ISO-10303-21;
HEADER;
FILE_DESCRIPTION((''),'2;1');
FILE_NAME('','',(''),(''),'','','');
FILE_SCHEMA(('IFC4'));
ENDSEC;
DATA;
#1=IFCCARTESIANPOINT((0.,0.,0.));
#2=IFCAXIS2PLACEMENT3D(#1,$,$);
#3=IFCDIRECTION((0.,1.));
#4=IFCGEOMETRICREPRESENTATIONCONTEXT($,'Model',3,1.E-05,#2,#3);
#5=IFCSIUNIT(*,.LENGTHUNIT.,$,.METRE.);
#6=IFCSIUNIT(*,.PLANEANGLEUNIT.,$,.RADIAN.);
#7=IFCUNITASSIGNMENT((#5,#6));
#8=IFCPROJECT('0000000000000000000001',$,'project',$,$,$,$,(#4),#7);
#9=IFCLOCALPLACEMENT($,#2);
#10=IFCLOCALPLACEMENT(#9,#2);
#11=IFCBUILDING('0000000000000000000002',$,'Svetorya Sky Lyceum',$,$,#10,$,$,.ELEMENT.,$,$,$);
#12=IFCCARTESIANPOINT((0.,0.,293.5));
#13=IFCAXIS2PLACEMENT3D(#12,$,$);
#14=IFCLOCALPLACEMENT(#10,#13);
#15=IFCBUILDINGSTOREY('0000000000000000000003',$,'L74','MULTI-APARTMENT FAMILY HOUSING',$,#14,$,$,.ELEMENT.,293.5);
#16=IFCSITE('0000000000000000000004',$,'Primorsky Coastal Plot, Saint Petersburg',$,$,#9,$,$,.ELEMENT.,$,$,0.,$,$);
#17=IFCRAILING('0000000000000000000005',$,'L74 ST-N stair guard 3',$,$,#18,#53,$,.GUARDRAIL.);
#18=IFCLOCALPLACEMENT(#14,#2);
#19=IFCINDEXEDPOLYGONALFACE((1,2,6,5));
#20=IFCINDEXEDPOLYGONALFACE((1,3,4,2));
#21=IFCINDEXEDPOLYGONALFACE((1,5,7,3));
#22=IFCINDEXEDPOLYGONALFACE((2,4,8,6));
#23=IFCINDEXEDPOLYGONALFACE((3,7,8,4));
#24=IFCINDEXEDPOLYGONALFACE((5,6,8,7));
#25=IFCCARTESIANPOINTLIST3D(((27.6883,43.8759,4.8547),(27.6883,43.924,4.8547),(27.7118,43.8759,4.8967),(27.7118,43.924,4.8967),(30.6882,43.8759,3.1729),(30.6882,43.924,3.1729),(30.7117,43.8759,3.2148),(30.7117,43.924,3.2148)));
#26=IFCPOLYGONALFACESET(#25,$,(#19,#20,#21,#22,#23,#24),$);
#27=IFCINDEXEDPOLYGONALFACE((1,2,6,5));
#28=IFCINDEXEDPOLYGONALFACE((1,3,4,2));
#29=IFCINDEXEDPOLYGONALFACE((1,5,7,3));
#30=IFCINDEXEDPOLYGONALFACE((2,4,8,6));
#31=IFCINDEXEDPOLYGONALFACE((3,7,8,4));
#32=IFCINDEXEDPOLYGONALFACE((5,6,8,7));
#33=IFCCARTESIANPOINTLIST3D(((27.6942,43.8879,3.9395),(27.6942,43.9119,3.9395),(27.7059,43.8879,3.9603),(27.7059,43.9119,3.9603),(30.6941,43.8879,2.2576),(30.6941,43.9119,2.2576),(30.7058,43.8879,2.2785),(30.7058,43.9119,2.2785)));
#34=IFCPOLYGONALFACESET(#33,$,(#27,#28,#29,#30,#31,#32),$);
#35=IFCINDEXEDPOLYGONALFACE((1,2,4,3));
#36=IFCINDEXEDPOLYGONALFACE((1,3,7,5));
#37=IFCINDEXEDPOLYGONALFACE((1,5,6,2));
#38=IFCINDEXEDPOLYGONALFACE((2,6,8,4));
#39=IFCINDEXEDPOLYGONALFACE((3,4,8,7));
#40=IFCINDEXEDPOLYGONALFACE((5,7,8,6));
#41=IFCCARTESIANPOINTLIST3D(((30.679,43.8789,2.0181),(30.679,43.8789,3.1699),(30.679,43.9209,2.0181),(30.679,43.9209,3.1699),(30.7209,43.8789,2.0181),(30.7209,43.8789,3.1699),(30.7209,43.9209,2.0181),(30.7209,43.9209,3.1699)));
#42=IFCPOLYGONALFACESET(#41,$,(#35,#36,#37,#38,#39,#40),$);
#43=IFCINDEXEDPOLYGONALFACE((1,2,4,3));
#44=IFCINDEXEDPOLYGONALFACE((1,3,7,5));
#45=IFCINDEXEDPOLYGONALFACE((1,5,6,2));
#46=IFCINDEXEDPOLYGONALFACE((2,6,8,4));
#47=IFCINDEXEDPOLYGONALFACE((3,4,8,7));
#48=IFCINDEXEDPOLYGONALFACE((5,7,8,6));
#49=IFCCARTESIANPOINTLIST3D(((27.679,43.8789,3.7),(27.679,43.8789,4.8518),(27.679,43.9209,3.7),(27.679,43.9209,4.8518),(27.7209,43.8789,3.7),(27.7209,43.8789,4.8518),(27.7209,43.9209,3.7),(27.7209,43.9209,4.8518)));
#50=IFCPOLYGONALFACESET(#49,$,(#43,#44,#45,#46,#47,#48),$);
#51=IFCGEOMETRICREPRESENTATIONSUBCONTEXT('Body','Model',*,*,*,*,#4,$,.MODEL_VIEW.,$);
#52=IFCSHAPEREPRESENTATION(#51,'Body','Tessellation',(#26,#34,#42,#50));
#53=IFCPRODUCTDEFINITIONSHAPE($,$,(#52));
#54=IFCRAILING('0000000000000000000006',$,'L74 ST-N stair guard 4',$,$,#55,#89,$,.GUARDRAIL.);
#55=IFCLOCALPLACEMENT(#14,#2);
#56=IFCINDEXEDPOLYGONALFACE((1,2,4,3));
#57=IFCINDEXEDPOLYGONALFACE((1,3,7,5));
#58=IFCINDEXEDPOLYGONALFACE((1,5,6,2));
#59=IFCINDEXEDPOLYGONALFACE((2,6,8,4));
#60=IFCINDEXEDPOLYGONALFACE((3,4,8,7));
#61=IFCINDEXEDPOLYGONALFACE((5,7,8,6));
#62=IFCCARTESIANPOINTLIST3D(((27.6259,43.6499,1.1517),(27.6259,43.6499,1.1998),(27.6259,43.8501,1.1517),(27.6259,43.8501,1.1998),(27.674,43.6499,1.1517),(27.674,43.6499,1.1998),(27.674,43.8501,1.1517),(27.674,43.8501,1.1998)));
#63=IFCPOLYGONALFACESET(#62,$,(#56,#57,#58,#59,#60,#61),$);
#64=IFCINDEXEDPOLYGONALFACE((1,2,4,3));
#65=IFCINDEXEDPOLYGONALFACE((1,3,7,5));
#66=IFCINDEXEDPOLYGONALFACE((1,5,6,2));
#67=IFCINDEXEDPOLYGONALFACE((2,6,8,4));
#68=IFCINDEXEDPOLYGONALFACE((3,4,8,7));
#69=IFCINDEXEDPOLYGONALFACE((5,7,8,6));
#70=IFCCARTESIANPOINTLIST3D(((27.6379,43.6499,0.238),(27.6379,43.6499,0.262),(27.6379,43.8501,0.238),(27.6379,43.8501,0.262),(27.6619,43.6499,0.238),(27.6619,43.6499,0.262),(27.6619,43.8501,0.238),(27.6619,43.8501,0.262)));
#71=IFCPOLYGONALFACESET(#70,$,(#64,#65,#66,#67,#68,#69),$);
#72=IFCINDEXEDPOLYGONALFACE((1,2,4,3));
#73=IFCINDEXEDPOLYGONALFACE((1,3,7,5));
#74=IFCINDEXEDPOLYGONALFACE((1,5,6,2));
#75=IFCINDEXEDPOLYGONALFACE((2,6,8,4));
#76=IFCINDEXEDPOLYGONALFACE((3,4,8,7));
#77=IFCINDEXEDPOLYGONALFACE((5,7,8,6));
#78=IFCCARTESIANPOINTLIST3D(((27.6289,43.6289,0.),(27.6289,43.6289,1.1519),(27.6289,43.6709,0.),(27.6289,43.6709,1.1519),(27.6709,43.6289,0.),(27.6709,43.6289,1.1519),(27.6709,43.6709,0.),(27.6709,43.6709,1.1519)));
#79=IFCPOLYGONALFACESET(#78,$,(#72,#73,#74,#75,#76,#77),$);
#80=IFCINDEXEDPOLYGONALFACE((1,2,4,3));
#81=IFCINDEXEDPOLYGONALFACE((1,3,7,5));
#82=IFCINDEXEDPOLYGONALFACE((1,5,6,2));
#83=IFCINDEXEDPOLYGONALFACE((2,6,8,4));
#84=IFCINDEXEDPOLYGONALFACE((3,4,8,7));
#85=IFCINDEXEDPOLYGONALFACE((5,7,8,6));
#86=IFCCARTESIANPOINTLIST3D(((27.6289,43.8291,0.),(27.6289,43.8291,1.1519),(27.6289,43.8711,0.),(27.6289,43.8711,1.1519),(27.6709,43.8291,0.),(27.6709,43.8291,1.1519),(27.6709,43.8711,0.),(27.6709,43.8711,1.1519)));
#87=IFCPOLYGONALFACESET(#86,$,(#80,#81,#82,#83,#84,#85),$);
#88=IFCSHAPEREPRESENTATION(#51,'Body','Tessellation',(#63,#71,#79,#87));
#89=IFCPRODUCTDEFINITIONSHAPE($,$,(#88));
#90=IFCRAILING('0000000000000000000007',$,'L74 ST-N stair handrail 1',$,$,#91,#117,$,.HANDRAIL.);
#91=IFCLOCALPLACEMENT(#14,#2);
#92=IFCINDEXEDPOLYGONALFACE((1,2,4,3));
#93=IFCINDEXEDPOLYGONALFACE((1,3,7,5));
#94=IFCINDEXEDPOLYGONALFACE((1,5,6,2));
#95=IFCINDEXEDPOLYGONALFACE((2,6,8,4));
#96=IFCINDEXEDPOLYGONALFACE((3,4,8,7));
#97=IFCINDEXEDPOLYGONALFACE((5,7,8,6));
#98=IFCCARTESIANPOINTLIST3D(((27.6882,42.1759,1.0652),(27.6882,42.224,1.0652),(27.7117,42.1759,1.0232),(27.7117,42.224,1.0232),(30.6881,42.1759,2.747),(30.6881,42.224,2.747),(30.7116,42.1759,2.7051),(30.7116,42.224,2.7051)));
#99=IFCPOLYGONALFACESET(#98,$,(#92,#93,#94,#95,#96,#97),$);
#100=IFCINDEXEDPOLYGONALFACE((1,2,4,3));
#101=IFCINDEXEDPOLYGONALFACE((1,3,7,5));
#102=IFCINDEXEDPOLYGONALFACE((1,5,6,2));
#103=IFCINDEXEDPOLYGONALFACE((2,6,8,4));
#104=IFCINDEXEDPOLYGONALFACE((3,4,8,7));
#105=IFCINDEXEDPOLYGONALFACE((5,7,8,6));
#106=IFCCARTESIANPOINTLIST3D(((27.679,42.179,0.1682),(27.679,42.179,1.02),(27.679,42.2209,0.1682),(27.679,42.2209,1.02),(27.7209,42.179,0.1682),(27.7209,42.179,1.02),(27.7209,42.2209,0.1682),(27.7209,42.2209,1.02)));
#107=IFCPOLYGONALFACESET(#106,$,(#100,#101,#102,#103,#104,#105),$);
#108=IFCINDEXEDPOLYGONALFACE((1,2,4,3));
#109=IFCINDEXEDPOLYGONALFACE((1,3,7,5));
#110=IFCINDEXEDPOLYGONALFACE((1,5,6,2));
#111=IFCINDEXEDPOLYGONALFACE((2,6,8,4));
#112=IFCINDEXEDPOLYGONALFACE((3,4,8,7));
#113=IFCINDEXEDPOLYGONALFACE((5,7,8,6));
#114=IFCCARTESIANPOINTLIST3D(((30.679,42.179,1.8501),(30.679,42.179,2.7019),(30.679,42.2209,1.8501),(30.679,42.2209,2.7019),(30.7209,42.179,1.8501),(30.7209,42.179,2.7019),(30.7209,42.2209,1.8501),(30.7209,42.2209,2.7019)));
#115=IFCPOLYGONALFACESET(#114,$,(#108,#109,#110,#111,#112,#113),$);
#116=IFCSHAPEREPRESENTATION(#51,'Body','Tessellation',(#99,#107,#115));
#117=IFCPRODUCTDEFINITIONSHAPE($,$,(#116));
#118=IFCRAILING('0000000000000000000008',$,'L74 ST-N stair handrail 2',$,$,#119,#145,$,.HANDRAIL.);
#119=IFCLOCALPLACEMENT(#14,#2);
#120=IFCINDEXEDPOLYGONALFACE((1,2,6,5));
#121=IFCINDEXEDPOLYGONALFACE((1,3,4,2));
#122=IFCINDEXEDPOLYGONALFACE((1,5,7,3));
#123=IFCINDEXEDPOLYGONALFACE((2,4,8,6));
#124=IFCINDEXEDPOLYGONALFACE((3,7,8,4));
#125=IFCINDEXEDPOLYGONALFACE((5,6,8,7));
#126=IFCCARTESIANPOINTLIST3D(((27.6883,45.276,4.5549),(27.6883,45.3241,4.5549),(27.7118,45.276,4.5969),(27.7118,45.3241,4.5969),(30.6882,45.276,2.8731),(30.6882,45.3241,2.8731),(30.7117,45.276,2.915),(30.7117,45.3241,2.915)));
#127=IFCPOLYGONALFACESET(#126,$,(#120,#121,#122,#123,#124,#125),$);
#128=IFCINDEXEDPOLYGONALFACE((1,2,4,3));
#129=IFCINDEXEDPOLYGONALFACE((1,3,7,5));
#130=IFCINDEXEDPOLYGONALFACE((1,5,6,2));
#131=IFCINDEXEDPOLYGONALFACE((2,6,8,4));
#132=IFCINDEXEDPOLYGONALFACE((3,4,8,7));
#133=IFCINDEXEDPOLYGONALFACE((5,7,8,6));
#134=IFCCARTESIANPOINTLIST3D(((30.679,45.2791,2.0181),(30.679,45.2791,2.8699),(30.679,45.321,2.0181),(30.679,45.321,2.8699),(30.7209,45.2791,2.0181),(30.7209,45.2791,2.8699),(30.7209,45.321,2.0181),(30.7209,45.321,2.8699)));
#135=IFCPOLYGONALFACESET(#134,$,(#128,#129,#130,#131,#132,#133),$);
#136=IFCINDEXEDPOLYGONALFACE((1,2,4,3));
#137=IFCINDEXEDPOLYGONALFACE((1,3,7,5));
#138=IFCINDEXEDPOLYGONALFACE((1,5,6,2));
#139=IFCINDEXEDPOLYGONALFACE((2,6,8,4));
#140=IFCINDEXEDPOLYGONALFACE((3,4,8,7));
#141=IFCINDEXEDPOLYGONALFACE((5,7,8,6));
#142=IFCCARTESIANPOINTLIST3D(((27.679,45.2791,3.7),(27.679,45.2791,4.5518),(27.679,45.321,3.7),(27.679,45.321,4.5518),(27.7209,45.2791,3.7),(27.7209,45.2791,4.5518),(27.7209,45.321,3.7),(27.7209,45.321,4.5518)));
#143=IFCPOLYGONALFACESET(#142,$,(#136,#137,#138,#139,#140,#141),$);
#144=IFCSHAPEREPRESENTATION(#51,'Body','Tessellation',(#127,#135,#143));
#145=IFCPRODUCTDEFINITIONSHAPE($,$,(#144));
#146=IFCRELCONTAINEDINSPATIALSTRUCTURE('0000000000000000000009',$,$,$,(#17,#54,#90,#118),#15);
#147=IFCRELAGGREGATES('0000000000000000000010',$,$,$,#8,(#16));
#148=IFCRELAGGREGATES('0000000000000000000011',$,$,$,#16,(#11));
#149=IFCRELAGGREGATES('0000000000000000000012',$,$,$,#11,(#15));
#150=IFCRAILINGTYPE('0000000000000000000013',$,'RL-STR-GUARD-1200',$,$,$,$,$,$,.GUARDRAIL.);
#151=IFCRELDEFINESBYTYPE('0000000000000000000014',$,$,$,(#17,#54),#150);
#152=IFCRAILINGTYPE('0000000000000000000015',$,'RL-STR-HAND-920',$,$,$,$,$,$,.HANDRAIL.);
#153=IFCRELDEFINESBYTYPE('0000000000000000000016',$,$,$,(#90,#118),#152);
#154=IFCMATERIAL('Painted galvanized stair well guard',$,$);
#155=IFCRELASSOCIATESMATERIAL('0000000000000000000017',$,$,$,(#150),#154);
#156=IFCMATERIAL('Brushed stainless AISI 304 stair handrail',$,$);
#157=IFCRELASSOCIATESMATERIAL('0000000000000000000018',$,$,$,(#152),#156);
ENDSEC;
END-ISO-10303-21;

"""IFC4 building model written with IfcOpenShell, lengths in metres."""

from ifc_helpers import new_model, si_unit, direction, frame, origin, origin_2d, place, context, subcontext, project, spatial, rectangle, extrude, material, type_object, element, save


model = new_model("IFC4")

# Units and contexts
model_context = context("Model", 3, precision=1e-05, world=origin(), true_north=direction((0.0, 1.0)))
body_context = subcontext(model_context, "Body", "Model", "MODEL_VIEW")
ifc_project = project(units=[si_unit("LENGTHUNIT", "METRE"), si_unit("PLANEANGLEUNIT", "RADIAN")], contexts=[model_context])

# Site, building, storey
site_placement = place(None, origin())
site = spatial("IfcSite", under=ifc_project, at=site_placement, Name="Primorsky Coastal Plot, Saint Petersburg", CompositionType="ELEMENT", RefElevation=0.0)
building_placement = place(site_placement, origin())
building = spatial("IfcBuilding", under=site, at=building_placement, Name="Svetorya Sky Lyceum", CompositionType="ELEMENT")
storey_placement = place(building_placement, frame((0.0, 0.0, 293.5)))
storey = spatial("IfcBuildingStorey", under=building, at=storey_placement, Name="L74", Description="MULTI-APARTMENT FAMILY HOUSING", CompositionType="ELEMENT", Elevation=293.5)

# Railings
ifc_material_1 = material(Name="Painted galvanized stair well guard")
railing_type_1 = type_object("IfcRailingType", Name="RL-STR-GUARD-1200", PredefinedType="GUARDRAIL", material=ifc_material_1)
railing_1_placement = place(storey_placement, frame((30.7, 43.8999, 2.0181)))
element("IfcRailing", 1, at=railing_1_placement, inside=storey, type_object=railing_type_1, Name="L74 ST-N stair guard 3", PredefinedType="GUARDRAIL", context=body_context, shape_type="SweptSolid", body=[
    extrude(rectangle(XDim=0.0481, YDim=0.0481, at=origin_2d()), frame((0.0, 0.0, 1.1758), z_axis=(-0.872272, 0.0, 0.48902), x_axis=(0.0, -1.0, 0.0)), (0.0, 0.0, 1.0), 3.4392),
    extrude(rectangle(XDim=0.0239, YDim=0.0239, at=origin_2d()), frame((0.0, 0.0, 0.25), z_axis=(-0.872272, 0.0, 0.48902), x_axis=(0.0, -1.0, 0.0)), (0.0, 0.0, 1.0), 3.4392),
    extrude(rectangle(XDim=0.042, YDim=0.042, at=origin_2d()), origin(), (0.0, 0.0, 1.0), 1.1519),
    extrude(rectangle(XDim=0.042, YDim=0.042, at=origin_2d()), frame((-3.0, 0.0, 1.6819)), (0.0, 0.0, 1.0), 1.1519),
])
railing_2_placement = place(storey_placement, frame((27.6499, 43.6499, 0.0)))
element("IfcRailing", 2, at=railing_2_placement, inside=storey, type_object=railing_type_1, Name="L74 ST-N stair guard 4", PredefinedType="GUARDRAIL", context=body_context, shape_type="SweptSolid", body=[
    extrude(rectangle(XDim=0.0481, YDim=0.0481, at=origin_2d()), frame((0.0, 0.0, 1.1758), z_axis=(0.0, 1.0, 0.0), x_axis=(-1.0, 0.0, 0.0)), (0.0, 0.0, 1.0), 0.2002),
    extrude(rectangle(XDim=0.0239, YDim=0.0239, at=origin_2d()), frame((0.0, 0.0, 0.25), z_axis=(0.0, 1.0, 0.0), x_axis=(-1.0, 0.0, 0.0)), (0.0, 0.0, 1.0), 0.2002),
    extrude(rectangle(XDim=0.042, YDim=0.042, at=origin_2d()), origin(), (0.0, 0.0, 1.0), 1.1519),
    extrude(rectangle(XDim=0.042, YDim=0.042, at=origin_2d()), frame((0.0, 0.2002, 0.0)), (0.0, 0.0, 1.0), 1.1519),
])
ifc_material_2 = material(Name="Brushed stainless AISI 304 stair handrail")
railing_type_2 = type_object("IfcRailingType", Name="RL-STR-HAND-920", PredefinedType="HANDRAIL", material=ifc_material_2)
railing_3_placement = place(storey_placement, frame((27.7, 42.2, 0.1682)))
element("IfcRailing", 3, at=railing_3_placement, inside=storey, type_object=railing_type_2, Name="L74 ST-N stair handrail 1", PredefinedType="HANDRAIL", context=body_context, shape_type="SweptSolid", body=[
    extrude(rectangle(XDim=0.0481, YDim=0.0481, at=origin_2d()), frame((0.0, 0.0, 0.876), z_axis=(0.872272, 0.0, 0.48902), x_axis=(0.0, 1.0, 0.0)), (0.0, 0.0, 1.0), 3.4392),
    extrude(rectangle(XDim=0.042, YDim=0.042, at=origin_2d()), origin(), (0.0, 0.0, 1.0), 0.8518),
    extrude(rectangle(XDim=0.042, YDim=0.042, at=origin_2d()), frame((3.0, 0.0, 1.6819)), (0.0, 0.0, 1.0), 0.8518),
])
railing_4_placement = place(storey_placement, frame((30.7, 45.3, 2.0181)))
element("IfcRailing", 4, at=railing_4_placement, inside=storey, type_object=railing_type_2, Name="L74 ST-N stair handrail 2", PredefinedType="HANDRAIL", context=body_context, shape_type="SweptSolid", body=[
    extrude(rectangle(XDim=0.0481, YDim=0.0481, at=origin_2d()), frame((0.0, 0.0, 0.876), z_axis=(-0.872272, 0.0, 0.48902), x_axis=(0.0, -1.0, 0.0)), (0.0, 0.0, 1.0), 3.4392),
    extrude(rectangle(XDim=0.042, YDim=0.042, at=origin_2d()), origin(), (0.0, 0.0, 1.0), 0.8518),
    extrude(rectangle(XDim=0.042, YDim=0.042, at=origin_2d()), frame((-3.0, 0.0, 1.6819)), (0.0, 0.0, 1.0), 0.8518),
])

save(model, "model.ifc")
